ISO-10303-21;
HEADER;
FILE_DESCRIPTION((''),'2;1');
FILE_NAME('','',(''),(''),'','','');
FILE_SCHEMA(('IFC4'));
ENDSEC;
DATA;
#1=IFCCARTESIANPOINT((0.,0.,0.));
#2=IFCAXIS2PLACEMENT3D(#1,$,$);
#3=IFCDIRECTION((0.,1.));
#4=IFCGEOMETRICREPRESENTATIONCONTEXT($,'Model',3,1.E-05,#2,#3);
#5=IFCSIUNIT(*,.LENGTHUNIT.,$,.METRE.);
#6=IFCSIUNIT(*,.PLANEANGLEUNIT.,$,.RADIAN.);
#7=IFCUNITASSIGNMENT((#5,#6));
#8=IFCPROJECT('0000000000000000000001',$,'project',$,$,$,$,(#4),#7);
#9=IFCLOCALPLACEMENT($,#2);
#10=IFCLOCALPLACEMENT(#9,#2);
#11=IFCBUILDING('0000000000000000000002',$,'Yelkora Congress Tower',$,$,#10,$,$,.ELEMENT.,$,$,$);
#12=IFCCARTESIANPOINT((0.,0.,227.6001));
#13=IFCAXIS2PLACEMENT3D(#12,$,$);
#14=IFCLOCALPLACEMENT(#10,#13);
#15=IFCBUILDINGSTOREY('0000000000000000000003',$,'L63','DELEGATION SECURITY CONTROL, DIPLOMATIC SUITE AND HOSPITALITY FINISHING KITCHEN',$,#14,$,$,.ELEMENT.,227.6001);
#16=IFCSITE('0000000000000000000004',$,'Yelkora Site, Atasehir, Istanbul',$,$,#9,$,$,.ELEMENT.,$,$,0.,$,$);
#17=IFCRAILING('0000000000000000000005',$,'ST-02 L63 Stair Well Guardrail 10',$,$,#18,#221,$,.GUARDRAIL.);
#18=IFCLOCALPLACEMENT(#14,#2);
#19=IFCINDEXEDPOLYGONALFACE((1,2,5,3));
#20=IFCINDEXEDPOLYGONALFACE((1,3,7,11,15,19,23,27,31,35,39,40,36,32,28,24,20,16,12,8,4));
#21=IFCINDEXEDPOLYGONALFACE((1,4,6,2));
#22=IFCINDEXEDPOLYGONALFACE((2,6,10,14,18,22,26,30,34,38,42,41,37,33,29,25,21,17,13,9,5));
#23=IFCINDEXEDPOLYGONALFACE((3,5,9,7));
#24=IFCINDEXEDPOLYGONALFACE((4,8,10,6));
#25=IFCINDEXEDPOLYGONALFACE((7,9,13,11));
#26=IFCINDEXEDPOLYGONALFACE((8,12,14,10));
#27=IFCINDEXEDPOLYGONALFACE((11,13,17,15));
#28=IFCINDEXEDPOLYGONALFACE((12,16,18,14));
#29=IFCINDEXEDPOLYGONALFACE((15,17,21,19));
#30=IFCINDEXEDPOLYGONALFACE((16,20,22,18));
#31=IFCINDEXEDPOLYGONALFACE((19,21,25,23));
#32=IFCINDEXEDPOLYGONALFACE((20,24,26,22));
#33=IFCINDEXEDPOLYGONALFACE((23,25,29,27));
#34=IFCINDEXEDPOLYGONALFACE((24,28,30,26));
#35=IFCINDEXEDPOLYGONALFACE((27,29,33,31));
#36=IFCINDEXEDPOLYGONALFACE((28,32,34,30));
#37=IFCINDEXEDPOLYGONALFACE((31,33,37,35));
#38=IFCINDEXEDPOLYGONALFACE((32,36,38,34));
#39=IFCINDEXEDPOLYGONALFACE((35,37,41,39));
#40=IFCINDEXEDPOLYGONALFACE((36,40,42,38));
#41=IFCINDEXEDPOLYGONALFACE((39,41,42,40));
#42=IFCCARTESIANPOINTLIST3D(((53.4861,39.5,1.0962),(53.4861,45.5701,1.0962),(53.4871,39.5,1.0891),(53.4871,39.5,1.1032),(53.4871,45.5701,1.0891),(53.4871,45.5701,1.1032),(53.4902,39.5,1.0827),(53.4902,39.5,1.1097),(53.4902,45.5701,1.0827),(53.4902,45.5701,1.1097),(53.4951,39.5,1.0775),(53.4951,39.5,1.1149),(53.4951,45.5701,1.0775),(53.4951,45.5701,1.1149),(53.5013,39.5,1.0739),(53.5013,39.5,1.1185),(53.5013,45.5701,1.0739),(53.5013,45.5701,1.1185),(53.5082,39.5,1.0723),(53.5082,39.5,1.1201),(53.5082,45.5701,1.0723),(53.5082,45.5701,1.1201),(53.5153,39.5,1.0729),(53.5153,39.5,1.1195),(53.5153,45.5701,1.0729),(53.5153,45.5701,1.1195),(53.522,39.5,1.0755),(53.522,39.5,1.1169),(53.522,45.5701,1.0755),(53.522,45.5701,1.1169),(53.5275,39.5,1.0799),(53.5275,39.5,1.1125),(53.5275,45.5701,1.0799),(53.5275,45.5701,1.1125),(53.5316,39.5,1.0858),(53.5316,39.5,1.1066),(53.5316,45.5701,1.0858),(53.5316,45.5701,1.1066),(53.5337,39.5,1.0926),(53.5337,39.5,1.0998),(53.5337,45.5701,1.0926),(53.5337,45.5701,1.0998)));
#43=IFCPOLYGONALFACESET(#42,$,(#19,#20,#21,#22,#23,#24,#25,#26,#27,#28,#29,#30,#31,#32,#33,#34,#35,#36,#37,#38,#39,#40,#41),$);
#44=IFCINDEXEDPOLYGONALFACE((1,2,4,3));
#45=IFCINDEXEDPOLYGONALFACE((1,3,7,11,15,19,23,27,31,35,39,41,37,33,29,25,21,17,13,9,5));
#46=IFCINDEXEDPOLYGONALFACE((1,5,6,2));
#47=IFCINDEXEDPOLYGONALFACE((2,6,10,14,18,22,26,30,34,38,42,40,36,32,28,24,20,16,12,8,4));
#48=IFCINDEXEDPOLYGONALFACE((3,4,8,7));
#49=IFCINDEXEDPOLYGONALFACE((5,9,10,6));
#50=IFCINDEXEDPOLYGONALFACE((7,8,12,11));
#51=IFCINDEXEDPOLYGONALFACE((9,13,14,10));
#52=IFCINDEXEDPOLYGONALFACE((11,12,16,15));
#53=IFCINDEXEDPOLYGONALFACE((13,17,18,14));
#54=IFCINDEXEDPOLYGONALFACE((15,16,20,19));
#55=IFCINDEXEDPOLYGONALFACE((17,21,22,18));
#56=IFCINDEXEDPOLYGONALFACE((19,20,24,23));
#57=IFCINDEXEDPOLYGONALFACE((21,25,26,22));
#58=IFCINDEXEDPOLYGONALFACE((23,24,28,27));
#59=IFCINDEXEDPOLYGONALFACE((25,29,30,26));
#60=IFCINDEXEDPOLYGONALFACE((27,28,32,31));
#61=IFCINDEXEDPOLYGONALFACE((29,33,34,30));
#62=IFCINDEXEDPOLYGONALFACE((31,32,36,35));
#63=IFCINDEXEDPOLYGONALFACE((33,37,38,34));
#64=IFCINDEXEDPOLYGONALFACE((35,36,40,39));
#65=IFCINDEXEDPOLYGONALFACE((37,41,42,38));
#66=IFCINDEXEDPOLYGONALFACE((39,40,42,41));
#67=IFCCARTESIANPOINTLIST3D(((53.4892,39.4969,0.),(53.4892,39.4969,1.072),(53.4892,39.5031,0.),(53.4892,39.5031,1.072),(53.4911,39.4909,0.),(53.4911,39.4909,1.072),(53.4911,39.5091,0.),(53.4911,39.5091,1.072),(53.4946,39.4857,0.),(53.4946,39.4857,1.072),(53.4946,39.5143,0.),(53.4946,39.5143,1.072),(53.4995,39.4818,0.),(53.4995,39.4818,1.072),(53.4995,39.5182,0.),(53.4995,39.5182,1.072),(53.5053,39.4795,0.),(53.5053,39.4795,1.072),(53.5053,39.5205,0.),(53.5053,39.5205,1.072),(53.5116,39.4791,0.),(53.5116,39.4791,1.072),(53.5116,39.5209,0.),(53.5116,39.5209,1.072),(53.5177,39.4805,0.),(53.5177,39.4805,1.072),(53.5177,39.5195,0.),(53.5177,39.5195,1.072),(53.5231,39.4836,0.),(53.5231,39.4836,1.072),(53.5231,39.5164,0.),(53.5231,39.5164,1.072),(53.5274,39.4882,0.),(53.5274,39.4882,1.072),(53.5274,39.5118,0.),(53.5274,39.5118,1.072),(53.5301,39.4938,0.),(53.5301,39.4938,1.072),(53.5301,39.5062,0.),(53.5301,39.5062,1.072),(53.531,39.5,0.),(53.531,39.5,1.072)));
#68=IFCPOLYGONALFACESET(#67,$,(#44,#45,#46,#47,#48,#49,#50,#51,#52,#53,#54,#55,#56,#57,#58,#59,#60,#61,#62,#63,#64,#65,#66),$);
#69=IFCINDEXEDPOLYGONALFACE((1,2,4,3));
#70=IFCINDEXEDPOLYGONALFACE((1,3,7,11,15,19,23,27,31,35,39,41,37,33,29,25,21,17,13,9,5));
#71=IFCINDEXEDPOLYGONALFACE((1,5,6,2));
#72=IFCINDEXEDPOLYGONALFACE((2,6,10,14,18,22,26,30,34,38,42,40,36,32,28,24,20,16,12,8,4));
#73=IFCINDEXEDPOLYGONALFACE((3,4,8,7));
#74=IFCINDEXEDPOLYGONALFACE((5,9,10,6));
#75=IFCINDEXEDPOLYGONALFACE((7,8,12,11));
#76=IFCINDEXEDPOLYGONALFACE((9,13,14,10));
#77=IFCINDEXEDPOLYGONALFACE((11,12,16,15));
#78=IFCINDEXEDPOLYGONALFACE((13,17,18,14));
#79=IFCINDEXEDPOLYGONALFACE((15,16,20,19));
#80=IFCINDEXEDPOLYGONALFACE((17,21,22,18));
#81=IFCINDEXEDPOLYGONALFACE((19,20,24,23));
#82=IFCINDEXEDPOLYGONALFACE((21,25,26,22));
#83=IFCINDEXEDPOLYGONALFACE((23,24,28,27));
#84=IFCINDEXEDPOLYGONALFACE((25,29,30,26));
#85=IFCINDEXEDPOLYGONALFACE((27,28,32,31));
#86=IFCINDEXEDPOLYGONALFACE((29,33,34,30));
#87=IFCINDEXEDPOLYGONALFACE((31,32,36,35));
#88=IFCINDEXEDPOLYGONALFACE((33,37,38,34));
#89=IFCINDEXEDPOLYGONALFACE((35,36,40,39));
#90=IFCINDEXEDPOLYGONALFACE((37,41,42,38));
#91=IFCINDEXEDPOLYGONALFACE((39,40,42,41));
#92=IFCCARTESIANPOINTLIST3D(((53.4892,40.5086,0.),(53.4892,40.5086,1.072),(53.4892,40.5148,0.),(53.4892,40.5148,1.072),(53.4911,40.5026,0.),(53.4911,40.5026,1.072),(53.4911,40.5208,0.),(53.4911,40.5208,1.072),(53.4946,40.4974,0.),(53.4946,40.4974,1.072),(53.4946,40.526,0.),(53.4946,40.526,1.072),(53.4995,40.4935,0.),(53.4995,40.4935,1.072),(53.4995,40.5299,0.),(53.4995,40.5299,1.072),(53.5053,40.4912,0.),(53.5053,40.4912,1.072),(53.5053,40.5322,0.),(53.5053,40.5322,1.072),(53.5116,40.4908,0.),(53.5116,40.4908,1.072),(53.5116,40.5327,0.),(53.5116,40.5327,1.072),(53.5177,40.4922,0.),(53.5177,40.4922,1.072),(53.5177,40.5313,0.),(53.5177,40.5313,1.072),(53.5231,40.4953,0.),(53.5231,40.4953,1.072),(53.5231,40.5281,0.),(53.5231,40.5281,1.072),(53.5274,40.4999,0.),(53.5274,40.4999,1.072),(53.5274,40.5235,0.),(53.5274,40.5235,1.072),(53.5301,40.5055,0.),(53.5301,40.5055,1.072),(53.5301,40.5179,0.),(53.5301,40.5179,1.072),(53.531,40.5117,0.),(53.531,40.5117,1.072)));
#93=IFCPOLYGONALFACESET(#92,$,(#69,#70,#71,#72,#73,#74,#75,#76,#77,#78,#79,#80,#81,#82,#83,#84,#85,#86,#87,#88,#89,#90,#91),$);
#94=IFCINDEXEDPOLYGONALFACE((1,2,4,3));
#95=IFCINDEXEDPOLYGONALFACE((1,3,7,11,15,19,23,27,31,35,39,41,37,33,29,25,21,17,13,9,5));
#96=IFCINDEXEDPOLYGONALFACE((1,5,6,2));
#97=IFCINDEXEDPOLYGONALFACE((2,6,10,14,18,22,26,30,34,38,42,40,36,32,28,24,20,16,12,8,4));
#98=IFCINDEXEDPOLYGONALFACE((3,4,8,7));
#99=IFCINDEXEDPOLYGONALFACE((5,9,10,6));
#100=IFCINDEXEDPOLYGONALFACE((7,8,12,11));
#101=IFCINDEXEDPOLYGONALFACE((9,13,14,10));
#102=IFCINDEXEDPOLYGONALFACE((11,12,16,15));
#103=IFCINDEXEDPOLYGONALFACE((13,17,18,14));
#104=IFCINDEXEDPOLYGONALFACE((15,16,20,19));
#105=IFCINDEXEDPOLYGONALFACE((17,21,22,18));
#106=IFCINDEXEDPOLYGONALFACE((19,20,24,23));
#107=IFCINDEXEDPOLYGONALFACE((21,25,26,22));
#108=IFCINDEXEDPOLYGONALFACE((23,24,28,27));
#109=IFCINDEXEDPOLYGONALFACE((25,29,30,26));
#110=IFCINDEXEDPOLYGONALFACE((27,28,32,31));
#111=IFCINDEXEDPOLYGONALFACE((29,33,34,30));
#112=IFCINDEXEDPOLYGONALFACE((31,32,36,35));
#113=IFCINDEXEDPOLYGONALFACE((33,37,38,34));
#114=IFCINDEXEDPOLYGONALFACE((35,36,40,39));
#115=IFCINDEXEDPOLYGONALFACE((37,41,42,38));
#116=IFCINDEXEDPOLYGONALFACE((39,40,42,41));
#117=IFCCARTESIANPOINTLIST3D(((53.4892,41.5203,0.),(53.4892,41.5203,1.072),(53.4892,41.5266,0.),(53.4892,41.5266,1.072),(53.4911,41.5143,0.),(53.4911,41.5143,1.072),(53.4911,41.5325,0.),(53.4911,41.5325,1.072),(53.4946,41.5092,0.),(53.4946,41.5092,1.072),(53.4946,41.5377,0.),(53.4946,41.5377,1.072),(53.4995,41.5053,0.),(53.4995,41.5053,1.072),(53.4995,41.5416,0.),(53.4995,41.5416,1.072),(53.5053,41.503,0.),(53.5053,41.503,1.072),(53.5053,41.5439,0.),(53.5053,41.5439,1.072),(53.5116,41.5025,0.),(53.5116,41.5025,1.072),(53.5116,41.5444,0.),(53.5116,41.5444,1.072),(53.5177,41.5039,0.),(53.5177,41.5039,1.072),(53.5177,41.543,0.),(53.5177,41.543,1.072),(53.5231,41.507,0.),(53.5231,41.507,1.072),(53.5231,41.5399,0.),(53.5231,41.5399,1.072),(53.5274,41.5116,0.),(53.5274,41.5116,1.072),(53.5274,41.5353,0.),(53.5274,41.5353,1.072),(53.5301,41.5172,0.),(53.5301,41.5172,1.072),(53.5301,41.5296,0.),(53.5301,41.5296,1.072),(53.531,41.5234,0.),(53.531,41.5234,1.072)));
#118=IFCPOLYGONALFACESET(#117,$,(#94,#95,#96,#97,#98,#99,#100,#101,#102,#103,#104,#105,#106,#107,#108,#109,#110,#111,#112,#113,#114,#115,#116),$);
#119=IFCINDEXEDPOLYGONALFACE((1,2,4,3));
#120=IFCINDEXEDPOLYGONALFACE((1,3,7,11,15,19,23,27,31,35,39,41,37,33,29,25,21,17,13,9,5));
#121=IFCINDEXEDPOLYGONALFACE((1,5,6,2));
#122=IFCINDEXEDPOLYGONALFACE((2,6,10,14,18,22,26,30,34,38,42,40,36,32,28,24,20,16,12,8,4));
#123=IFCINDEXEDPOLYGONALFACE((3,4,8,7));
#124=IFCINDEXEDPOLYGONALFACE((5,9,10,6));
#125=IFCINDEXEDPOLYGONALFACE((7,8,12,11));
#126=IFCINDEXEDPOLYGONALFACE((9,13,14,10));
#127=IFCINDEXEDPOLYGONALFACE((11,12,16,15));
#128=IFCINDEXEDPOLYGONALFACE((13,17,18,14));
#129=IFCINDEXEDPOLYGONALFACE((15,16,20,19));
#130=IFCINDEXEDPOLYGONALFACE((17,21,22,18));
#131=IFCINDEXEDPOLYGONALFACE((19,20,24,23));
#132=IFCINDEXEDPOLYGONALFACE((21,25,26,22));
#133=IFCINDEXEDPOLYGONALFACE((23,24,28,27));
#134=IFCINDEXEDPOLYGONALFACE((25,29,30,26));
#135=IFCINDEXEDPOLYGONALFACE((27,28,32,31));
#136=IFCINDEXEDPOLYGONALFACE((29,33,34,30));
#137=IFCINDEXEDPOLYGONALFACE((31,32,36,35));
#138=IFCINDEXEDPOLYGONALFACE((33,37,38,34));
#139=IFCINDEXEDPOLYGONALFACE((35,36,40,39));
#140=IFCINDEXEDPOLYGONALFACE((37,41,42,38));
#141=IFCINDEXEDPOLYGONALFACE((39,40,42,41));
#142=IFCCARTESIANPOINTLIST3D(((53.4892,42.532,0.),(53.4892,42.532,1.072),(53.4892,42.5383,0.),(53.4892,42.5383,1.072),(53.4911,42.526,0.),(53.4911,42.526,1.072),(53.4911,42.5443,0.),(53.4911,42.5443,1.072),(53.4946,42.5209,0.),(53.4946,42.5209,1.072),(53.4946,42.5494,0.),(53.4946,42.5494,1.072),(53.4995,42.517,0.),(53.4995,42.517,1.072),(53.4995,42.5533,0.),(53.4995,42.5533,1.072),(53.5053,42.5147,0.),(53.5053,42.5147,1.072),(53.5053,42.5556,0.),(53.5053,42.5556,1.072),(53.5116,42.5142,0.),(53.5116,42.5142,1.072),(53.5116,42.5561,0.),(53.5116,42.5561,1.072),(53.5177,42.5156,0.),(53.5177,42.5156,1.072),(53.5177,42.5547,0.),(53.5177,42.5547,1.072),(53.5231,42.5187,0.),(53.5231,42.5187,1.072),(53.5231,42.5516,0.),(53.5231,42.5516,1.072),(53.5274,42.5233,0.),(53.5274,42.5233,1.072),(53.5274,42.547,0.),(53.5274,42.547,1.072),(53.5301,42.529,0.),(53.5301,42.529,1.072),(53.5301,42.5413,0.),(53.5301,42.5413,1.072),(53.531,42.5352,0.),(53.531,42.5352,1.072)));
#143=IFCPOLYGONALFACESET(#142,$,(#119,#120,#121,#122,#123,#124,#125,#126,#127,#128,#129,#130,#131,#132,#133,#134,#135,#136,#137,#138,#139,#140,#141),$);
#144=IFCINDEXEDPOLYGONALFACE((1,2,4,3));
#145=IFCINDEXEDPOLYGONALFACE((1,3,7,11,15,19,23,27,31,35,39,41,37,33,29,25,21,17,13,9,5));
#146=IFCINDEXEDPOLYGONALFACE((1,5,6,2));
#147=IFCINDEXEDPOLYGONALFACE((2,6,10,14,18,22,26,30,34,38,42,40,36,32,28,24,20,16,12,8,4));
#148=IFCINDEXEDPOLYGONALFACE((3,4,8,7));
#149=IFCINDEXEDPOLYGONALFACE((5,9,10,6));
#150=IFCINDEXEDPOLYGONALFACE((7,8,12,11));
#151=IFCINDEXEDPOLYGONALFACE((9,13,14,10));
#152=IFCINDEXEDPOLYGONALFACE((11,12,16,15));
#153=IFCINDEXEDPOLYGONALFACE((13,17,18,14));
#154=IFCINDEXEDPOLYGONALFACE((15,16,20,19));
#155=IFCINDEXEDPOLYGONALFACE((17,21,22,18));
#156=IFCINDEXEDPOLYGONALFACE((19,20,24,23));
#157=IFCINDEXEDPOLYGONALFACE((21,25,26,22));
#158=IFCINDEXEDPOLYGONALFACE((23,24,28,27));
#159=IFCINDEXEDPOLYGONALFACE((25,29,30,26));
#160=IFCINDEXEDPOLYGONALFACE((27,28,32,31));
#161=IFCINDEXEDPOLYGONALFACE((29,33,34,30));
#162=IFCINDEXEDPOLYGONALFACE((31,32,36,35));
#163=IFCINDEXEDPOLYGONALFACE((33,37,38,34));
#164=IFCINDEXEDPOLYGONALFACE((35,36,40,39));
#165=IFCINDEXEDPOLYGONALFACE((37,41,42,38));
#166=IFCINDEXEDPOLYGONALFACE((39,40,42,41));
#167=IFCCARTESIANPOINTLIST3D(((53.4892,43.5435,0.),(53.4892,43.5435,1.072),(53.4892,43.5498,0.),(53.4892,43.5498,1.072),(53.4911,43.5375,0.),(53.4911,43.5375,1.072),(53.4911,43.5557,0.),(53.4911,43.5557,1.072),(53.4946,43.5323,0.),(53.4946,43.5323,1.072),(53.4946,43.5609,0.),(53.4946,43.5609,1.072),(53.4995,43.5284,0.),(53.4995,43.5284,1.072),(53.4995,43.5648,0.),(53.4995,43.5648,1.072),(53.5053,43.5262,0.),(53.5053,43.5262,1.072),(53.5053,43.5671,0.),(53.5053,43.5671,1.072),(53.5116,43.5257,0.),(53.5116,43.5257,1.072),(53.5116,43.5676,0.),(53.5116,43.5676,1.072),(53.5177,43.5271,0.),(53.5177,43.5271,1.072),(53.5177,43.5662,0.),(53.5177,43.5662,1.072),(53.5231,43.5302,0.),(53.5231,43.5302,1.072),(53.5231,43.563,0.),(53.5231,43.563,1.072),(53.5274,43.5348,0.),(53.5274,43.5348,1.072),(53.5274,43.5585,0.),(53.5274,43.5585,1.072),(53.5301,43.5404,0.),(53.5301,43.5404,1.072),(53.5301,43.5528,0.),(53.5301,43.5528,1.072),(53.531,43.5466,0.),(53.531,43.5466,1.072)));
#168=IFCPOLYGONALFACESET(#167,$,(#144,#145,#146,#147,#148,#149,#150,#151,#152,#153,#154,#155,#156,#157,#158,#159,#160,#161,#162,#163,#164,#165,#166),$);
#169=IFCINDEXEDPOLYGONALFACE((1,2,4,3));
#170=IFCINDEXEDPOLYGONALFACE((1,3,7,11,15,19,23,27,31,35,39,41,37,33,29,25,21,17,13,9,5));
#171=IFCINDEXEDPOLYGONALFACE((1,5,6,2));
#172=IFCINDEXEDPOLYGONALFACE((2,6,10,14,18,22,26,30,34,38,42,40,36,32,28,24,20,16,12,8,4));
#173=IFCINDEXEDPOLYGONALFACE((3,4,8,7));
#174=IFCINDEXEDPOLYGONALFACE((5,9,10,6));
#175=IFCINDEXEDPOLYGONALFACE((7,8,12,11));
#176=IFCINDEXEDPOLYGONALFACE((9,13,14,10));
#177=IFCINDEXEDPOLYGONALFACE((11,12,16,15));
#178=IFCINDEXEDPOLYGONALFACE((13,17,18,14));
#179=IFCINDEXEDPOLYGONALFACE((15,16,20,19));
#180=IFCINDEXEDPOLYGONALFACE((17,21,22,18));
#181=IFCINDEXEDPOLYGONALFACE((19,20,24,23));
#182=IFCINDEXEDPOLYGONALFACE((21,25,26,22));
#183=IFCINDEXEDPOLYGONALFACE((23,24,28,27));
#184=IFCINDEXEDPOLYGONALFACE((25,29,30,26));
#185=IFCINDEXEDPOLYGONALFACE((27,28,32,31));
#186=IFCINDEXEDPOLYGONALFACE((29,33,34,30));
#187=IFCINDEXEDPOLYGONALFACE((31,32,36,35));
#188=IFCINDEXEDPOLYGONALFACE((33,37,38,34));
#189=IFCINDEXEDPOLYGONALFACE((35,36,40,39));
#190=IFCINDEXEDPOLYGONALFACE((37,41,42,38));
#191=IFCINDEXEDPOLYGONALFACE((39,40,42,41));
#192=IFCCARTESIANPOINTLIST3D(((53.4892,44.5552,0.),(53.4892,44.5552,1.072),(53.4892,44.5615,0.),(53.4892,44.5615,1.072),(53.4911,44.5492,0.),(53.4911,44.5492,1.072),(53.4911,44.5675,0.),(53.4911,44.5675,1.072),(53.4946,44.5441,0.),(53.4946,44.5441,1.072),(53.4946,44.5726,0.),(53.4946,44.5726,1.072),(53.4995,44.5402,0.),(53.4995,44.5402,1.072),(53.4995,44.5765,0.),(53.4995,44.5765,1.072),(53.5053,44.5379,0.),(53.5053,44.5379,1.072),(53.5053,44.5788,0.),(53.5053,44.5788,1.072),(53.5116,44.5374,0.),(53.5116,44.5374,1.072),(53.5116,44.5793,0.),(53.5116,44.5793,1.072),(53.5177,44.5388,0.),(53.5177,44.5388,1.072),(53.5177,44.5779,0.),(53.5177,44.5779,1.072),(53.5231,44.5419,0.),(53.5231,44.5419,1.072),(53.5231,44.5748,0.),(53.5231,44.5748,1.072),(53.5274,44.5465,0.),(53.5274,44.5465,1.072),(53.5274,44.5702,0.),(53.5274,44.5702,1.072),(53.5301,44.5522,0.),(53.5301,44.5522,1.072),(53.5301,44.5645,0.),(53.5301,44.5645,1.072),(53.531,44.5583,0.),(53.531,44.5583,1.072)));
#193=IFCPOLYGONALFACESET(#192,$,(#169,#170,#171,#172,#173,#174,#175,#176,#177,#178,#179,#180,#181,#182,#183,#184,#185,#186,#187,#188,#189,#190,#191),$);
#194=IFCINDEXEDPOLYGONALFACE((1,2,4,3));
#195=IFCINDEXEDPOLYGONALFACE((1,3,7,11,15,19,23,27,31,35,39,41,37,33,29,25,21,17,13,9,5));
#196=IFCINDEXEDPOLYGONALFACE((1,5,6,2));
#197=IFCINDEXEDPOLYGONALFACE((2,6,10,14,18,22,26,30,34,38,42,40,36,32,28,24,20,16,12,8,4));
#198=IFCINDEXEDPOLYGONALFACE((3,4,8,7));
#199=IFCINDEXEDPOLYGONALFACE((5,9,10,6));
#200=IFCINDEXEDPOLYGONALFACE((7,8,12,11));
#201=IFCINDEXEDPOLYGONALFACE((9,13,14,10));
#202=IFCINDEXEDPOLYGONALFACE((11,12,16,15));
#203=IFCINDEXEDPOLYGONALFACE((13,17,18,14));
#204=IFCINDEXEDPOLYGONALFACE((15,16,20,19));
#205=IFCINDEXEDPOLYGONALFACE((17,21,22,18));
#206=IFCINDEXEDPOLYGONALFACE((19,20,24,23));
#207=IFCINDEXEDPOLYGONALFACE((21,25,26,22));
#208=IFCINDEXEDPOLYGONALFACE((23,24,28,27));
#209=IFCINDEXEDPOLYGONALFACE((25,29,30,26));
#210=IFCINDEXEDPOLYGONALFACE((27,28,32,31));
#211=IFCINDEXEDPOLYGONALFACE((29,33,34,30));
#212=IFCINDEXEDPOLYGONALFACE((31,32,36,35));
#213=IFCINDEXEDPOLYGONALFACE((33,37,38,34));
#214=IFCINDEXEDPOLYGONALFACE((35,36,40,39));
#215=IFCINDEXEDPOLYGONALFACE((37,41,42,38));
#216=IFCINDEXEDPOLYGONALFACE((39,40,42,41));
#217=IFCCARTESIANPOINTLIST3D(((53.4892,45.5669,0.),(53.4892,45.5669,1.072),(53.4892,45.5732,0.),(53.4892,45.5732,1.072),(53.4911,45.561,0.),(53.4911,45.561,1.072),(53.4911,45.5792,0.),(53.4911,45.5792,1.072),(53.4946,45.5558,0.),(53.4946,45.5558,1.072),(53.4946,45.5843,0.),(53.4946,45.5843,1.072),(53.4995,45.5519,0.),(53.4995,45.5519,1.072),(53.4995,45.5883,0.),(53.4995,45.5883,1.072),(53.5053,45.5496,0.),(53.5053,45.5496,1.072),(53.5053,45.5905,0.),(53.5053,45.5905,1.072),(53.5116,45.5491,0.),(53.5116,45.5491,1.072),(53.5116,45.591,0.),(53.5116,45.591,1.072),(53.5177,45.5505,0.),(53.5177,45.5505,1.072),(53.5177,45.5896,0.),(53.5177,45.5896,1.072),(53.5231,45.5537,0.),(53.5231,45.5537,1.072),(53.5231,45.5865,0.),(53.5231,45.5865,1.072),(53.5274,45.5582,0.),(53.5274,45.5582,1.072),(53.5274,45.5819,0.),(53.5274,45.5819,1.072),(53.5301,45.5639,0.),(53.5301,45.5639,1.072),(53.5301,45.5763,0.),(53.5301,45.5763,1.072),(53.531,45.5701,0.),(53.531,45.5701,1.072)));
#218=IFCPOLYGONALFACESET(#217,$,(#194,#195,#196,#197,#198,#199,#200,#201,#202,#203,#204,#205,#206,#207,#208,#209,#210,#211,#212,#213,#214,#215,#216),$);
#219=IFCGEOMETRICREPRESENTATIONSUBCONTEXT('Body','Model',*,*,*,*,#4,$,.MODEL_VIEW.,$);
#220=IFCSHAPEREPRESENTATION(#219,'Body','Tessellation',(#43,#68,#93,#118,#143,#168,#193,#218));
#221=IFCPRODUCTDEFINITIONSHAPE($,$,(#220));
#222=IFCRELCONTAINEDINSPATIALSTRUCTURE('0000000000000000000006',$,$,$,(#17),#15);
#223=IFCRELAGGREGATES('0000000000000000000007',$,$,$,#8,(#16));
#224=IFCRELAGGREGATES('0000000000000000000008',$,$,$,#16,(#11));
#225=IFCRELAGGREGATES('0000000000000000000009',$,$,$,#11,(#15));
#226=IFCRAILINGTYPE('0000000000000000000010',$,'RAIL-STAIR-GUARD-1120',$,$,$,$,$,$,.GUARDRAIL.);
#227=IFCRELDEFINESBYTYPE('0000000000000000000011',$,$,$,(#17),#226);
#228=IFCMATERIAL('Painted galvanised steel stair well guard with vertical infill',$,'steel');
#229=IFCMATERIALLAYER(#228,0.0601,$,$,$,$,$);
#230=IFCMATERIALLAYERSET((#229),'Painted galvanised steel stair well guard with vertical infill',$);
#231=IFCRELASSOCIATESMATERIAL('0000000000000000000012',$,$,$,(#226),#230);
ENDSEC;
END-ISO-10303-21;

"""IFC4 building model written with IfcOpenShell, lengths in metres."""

from ifc_helpers import new_model, si_unit, direction, frame, origin, origin_2d, place, context, subcontext, project, spatial, circle, extrude, material, layer, layer_set, type_object, element, save


model = new_model("IFC4")

# Units and contexts
model_context = context("Model", 3, precision=1e-05, world=origin(), true_north=direction((0.0, 1.0)))
body_context = subcontext(model_context, "Body", "Model", "MODEL_VIEW")
ifc_project = project(units=[si_unit("LENGTHUNIT", "METRE"), si_unit("PLANEANGLEUNIT", "RADIAN")], contexts=[model_context])

# Site, building, storey
site_placement = place(None, origin())
site = spatial("IfcSite", under=ifc_project, at=site_placement, Name="Yelkora Site, Atasehir, Istanbul", CompositionType="ELEMENT", RefElevation=0.0)
building_placement = place(site_placement, origin())
building = spatial("IfcBuilding", under=site, at=building_placement, Name="Yelkora Congress Tower", CompositionType="ELEMENT")
storey_placement = place(building_placement, frame((0.0, 0.0, 227.6001)))
storey = spatial("IfcBuildingStorey", under=building, at=storey_placement, Name="L63", Description="DELEGATION SECURITY CONTROL, DIPLOMATIC SUITE AND HOSPITALITY FINISHING KITCHEN", CompositionType="ELEMENT", Elevation=227.6001)

# Railing
ifc_material_1 = material(Name="Painted galvanised steel stair well guard with vertical infill", Category="steel")
ifc_layer_1 = layer(ifc_material_1, 0.0601)
ifc_layer_set_1 = layer_set([ifc_layer_1], Name="Painted galvanised steel stair well guard with vertical infill")
railing_type_1 = type_object("IfcRailingType", Name="RAIL-STAIR-GUARD-1120", PredefinedType="GUARDRAIL", material=ifc_layer_set_1)
railing_1_placement = place(storey_placement, frame((53.51, 39.5, 0.0)))
element("IfcRailing", 1, at=railing_1_placement, inside=storey, type_object=railing_type_1, Name="ST-02 L63 Stair Well Guardrail 10", PredefinedType="GUARDRAIL", context=body_context, shape_type="SweptSolid", body=[
    extrude(circle(Radius=0.0239, at=origin_2d()), frame((0.0, 0.0, 1.0962), z_axis=(0.0, 1.0, 0.0), x_axis=(-1.0, 0.0, 0.0)), (0.0, 0.0, 1.0), 6.0701),
    extrude(circle(Radius=0.021, at=origin_2d()), origin(), (0.0, 0.0, 1.0), 1.072),
    extrude(circle(Radius=0.021, at=origin_2d()), frame((0.0, 1.0117, 0.0)), (0.0, 0.0, 1.0), 1.072),
    extrude(circle(Radius=0.021, at=origin_2d()), frame((0.0, 2.0234, 0.0)), (0.0, 0.0, 1.0), 1.072),
    extrude(circle(Radius=0.021, at=origin_2d()), frame((0.0, 3.0352, 0.0)), (0.0, 0.0, 1.0), 1.072),
    extrude(circle(Radius=0.021, at=origin_2d()), frame((0.0, 4.0466, 0.0)), (0.0, 0.0, 1.0), 1.072),
    extrude(circle(Radius=0.021, at=origin_2d()), frame((0.0, 5.0583, 0.0)), (0.0, 0.0, 1.0), 1.072),
    extrude(circle(Radius=0.021, at=origin_2d()), frame((0.0, 6.0701, 0.0)), (0.0, 0.0, 1.0), 1.072),
])

save(model, "model.ifc")
